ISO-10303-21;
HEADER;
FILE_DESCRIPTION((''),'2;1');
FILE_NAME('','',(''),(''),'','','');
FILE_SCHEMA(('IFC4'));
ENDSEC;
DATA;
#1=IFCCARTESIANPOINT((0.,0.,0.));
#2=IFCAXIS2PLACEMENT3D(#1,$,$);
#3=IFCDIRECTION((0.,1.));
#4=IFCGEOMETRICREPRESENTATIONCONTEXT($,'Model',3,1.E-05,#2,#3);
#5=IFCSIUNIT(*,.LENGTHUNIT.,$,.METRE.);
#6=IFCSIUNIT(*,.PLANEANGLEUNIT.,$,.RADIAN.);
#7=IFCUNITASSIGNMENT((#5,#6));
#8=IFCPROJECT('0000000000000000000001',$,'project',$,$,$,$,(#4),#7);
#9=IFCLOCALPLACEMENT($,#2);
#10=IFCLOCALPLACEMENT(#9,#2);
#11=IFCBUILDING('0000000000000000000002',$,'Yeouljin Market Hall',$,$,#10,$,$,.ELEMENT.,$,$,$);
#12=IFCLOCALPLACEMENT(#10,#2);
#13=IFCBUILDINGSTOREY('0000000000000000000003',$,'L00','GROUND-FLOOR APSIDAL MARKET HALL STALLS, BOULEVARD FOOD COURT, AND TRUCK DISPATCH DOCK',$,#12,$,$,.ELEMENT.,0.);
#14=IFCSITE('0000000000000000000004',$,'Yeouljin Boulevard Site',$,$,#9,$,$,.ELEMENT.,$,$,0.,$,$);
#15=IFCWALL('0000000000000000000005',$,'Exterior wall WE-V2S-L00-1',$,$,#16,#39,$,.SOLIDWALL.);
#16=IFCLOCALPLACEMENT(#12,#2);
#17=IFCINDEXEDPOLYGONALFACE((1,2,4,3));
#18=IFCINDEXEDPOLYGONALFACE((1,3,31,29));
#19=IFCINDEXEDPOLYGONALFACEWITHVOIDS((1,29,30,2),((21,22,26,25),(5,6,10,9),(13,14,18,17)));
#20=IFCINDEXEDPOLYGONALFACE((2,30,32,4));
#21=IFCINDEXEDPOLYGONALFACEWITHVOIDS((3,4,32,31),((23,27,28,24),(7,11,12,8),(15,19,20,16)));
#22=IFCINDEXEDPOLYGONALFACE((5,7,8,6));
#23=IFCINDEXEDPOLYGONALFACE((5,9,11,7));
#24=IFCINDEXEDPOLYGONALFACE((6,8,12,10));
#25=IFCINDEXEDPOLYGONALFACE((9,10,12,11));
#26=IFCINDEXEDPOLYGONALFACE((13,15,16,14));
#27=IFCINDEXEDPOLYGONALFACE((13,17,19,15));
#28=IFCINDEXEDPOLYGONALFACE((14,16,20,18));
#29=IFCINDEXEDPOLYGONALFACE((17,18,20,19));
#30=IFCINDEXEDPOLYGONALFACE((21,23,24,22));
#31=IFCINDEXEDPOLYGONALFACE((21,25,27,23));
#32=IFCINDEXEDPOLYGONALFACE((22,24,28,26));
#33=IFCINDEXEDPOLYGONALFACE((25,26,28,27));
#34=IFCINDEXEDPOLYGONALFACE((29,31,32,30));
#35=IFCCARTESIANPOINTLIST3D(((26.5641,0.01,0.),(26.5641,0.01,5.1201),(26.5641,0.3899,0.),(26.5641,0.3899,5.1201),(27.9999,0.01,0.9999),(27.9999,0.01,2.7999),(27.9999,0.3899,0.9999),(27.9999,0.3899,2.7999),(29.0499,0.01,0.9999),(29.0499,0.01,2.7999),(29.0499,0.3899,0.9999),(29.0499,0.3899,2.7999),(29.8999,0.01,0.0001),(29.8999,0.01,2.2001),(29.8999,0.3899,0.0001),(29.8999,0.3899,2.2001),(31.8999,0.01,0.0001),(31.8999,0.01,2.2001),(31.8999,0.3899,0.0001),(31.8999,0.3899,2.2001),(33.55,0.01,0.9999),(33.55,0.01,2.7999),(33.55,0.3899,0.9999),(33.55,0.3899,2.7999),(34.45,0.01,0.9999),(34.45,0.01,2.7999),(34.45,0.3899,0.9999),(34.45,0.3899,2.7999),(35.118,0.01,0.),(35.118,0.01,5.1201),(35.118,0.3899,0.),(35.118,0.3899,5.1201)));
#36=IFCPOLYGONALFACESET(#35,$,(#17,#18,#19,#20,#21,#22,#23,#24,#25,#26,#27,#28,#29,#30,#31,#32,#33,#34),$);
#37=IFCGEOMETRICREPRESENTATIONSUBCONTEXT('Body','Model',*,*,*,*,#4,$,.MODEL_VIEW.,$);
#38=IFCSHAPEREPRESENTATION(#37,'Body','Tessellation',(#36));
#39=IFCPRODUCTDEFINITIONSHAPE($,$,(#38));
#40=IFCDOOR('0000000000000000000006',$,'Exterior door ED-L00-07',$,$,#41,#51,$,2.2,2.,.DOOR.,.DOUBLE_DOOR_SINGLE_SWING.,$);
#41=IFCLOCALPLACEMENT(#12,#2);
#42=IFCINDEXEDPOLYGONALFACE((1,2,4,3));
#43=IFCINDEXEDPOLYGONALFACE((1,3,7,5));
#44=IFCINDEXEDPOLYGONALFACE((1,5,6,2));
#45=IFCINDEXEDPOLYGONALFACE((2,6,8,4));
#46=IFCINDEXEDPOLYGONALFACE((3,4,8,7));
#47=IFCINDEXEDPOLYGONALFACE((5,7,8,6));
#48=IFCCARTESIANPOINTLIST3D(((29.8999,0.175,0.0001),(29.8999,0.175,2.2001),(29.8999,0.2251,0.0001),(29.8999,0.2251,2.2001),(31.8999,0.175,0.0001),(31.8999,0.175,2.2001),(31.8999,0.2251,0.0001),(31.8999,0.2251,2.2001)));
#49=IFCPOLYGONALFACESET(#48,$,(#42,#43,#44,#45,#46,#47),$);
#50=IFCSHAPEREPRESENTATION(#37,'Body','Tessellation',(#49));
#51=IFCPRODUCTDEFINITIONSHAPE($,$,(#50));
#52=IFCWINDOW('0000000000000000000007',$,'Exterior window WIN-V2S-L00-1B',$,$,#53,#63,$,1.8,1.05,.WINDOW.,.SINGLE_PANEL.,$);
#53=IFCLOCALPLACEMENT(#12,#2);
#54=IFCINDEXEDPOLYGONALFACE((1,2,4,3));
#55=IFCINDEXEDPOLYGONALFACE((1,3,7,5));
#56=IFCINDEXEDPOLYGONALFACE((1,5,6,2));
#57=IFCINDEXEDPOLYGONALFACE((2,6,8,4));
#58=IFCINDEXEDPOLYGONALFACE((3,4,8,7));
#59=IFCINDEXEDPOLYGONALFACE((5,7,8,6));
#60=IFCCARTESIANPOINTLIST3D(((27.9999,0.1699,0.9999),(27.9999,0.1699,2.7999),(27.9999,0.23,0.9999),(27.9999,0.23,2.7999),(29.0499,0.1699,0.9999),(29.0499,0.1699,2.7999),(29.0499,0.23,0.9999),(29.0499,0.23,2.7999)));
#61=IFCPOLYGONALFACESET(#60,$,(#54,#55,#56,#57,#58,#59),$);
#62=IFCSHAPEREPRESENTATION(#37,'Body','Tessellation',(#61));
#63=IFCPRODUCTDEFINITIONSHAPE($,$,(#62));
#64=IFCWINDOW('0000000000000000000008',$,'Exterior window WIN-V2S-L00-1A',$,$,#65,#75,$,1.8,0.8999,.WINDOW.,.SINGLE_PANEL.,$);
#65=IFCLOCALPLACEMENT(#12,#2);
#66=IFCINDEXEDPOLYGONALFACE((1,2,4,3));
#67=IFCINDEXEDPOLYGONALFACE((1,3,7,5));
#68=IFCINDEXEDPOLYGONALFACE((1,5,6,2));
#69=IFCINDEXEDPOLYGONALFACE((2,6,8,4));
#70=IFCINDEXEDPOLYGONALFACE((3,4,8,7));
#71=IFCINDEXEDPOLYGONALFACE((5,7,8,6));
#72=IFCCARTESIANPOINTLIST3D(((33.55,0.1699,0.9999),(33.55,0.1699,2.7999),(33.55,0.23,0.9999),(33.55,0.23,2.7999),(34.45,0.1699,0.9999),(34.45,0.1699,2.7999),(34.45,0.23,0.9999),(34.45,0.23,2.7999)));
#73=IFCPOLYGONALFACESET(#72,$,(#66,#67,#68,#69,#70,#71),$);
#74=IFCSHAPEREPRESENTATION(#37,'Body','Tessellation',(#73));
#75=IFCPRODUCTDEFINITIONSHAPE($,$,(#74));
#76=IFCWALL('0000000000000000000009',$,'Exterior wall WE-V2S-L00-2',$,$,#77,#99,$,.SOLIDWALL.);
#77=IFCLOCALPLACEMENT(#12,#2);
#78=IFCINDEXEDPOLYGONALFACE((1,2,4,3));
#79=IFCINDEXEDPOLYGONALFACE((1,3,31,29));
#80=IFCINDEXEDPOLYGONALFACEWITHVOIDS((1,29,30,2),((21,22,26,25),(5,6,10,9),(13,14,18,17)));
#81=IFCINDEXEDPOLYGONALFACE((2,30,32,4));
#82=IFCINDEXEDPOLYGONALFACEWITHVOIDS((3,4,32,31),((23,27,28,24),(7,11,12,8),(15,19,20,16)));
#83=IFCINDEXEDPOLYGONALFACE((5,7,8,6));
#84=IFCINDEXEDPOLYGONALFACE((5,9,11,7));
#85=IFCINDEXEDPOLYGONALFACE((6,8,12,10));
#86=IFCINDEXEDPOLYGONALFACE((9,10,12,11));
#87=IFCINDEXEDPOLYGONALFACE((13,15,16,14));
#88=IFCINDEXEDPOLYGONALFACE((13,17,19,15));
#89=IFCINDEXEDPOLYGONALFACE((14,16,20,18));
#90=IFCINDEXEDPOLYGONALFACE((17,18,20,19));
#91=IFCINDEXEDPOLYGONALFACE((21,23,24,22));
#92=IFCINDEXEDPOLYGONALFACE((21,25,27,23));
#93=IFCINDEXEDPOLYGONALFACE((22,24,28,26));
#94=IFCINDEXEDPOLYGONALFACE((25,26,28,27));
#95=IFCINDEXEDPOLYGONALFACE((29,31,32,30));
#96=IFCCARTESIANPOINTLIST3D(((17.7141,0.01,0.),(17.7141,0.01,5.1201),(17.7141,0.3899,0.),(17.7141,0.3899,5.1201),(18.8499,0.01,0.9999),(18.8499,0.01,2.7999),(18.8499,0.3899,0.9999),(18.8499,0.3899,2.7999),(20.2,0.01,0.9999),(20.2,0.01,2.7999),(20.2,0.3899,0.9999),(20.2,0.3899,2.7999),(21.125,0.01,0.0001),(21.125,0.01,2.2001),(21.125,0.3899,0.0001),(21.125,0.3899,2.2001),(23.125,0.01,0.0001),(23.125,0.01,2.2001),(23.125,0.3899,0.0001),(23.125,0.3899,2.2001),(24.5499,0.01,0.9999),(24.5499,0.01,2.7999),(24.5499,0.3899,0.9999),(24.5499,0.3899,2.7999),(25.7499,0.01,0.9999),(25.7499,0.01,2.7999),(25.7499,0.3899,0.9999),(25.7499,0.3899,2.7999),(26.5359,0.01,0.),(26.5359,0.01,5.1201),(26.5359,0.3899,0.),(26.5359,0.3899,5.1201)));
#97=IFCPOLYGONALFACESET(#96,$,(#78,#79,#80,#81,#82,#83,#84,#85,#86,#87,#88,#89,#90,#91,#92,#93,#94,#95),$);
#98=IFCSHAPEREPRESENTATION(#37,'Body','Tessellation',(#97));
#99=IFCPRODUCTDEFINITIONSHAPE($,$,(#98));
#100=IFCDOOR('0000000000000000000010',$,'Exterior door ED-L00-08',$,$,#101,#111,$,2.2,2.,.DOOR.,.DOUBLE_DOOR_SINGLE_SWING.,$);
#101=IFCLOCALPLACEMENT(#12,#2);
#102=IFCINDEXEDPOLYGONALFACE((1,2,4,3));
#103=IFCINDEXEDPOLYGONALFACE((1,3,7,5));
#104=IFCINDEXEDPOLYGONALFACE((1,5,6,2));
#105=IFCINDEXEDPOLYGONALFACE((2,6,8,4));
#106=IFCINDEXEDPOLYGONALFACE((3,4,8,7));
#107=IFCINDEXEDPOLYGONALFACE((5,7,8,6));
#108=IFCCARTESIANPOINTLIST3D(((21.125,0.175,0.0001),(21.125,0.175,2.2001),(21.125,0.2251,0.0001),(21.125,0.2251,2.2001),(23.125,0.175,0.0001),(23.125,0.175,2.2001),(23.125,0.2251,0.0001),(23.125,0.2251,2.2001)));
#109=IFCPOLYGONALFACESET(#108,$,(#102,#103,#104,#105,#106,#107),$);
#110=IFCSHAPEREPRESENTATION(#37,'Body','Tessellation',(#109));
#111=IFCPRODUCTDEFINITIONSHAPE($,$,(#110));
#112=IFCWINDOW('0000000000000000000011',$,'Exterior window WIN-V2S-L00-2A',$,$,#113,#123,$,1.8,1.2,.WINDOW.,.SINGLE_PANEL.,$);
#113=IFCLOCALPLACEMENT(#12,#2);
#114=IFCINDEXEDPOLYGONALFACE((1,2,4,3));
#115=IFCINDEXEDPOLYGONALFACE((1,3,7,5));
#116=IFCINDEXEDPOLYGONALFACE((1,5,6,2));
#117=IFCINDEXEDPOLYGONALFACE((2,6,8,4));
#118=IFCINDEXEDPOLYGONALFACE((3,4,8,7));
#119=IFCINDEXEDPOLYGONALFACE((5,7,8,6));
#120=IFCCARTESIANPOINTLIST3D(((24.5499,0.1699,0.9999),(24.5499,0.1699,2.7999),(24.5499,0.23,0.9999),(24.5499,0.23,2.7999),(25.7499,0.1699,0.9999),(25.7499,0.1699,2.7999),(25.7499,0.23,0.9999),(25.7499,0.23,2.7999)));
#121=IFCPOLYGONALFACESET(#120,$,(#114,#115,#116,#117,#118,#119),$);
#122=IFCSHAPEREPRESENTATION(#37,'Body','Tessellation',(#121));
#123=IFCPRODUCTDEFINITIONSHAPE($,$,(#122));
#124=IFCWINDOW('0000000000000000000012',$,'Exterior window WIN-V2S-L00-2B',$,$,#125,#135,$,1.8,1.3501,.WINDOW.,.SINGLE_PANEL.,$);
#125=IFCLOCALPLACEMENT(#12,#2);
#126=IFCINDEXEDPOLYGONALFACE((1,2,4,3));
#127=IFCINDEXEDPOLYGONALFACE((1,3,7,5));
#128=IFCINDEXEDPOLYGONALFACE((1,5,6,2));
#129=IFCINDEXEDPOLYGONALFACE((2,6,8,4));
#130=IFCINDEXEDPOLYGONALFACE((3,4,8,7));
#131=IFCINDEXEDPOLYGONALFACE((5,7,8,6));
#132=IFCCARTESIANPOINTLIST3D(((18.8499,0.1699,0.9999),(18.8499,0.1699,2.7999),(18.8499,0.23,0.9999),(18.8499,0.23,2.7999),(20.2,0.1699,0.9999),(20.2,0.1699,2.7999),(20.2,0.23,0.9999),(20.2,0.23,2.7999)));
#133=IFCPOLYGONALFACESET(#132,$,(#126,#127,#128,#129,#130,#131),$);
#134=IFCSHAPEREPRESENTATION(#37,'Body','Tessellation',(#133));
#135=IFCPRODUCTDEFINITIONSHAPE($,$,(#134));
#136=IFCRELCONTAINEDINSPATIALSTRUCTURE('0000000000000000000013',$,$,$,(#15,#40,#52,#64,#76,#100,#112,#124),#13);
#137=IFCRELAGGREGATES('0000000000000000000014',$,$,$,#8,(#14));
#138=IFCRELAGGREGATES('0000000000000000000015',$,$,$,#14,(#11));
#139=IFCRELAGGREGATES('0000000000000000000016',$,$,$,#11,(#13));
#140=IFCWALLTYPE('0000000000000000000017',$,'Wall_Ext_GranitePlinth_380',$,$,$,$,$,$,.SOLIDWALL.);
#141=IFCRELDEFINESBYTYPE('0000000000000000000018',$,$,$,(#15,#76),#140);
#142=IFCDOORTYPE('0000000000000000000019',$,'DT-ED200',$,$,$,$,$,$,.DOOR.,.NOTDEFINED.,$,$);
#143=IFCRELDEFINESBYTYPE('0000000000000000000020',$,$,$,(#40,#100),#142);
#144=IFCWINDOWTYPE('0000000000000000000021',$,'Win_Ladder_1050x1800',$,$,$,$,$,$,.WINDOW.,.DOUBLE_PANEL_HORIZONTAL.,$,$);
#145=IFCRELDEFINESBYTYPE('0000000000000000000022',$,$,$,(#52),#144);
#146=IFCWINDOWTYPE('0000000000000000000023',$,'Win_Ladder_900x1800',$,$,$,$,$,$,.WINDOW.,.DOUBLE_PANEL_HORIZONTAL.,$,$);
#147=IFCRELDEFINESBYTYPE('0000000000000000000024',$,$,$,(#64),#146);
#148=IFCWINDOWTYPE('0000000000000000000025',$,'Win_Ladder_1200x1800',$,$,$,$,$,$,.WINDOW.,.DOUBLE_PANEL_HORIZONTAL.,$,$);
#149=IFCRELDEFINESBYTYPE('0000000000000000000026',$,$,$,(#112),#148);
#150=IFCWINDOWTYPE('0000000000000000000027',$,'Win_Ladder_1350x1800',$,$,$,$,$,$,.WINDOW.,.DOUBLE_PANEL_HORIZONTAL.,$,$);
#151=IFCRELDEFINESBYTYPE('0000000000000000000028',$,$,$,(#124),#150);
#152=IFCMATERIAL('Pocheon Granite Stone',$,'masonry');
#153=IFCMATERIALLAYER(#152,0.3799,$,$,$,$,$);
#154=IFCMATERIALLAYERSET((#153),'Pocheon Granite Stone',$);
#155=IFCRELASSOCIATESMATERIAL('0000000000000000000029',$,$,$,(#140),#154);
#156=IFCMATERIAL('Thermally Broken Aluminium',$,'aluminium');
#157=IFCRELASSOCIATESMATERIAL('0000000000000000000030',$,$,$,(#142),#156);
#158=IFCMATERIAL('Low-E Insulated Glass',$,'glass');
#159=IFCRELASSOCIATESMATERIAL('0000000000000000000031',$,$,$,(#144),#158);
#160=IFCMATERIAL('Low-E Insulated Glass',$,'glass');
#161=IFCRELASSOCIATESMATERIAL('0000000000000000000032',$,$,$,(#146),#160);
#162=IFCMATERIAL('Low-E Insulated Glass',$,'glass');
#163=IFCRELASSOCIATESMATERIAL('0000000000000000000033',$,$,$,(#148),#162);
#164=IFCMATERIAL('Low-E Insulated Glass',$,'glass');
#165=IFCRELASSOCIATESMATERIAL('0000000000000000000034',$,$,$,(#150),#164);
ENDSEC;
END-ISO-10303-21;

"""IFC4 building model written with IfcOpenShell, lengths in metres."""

from ifc_helpers import new_model, si_unit, direction, frame, frame_2d, origin, place, context, subcontext, project, spatial, rectangle, extrude, material, layer, layer_set, type_object, element, fill, save


model = new_model("IFC4")

# Units and contexts
model_context = context("Model", 3, precision=1e-05, world=origin(), true_north=direction((0.0, 1.0)))
body_context = subcontext(model_context, "Body", "Model", "MODEL_VIEW")
ifc_project = project(units=[si_unit("LENGTHUNIT", "METRE"), si_unit("PLANEANGLEUNIT", "RADIAN")], contexts=[model_context])

# Site, building, storey
site_placement = place(None, origin())
site = spatial("IfcSite", under=ifc_project, at=site_placement, Name="Yeouljin Boulevard Site", CompositionType="ELEMENT", RefElevation=0.0)
building_placement = place(site_placement, origin())
building = spatial("IfcBuilding", under=site, at=building_placement, Name="Yeouljin Market Hall", CompositionType="ELEMENT")
storey_placement = place(building_placement, origin())
storey = spatial("IfcBuildingStorey", under=building, at=storey_placement, Name="L00", Description="GROUND-FLOOR APSIDAL MARKET HALL STALLS, BOULEVARD FOOD COURT, AND TRUCK DISPATCH DOCK", CompositionType="ELEMENT", Elevation=0.0)

# Walls, openings, doors, windows
ifc_material_1 = material(Name="Pocheon Granite Stone", Category="masonry")
ifc_layer_1 = layer(ifc_material_1, 0.3799)
ifc_layer_set_1 = layer_set([ifc_layer_1], Name="Pocheon Granite Stone")
wall_type_1 = type_object("IfcWallType", Name="Wall_Ext_GranitePlinth_380", PredefinedType="SOLIDWALL", material=ifc_layer_set_1)
wall_1_placement = place(storey_placement, frame((35.1179, 0.2, 0.0), z_axis=(0.0, 0.0, 1.0), x_axis=(-1.0, 0.0, 0.0)))
wall_1 = element("IfcWall", 1, at=wall_1_placement, inside=storey, type_object=wall_type_1, Name="Exterior wall WE-V2S-L00-1", PredefinedType="SOLIDWALL", context=body_context, shape_type="SweptSolid", body=[
    extrude(rectangle(XDim=8.554, YDim=0.3799, at=frame_2d((4.2769, 0.0))), origin(), (0.0, 0.0, 1.0), 5.1201),
])
opening_1_placement = place(wall_1_placement, frame((3.218, 0.0, 0.0)))
opening_1 = element("IfcOpeningElement", 2, at=opening_1_placement, cuts=wall_1, PredefinedType="OPENING", context=body_context, shape_type="SweptSolid", body=[
    extrude(rectangle(XDim=2.0, YDim=2.2, at=frame_2d((1.0, 1.1001))), frame((0.0, 0.2, 0.0), z_axis=(0.0, -1.0, 0.0), x_axis=(1.0, 0.0, 0.0)), (0.0, 0.0, 1.0), 0.3999),
])
opening_2_placement = place(wall_1_placement, frame((0.668, 0.0, 1.0)))
opening_2 = element("IfcOpeningElement", 3, at=opening_2_placement, cuts=wall_1, PredefinedType="OPENING", context=body_context, shape_type="SweptSolid", body=[
    extrude(rectangle(XDim=0.8999, YDim=1.8, at=frame_2d((0.45, 0.8999))), frame((0.0, 0.2, 0.0), z_axis=(0.0, -1.0, 0.0), x_axis=(1.0, 0.0, 0.0)), (0.0, 0.0, 1.0), 0.3999),
])
opening_3_placement = place(wall_1_placement, frame((6.0681, 0.0, 1.0)))
opening_3 = element("IfcOpeningElement", 4, at=opening_3_placement, cuts=wall_1, PredefinedType="OPENING", context=body_context, shape_type="SweptSolid", body=[
    extrude(rectangle(XDim=1.05, YDim=1.8, at=frame_2d((0.5249, 0.8999))), frame((0.0, 0.2, 0.0), z_axis=(0.0, -1.0, 0.0), x_axis=(1.0, 0.0, 0.0)), (0.0, 0.0, 1.0), 0.3999),
])
ifc_material_2 = material(Name="Thermally Broken Aluminium", Category="aluminium")
door_type = type_object("IfcDoorType", Name="DT-ED200", OperationType="NOTDEFINED", PredefinedType="DOOR", material=ifc_material_2)
door_1_placement = place(opening_1_placement, origin())
door_1 = element("IfcDoor", 5, at=door_1_placement, inside=storey, type_object=door_type, Name="Exterior door ED-L00-07", OperationType="DOUBLE_DOOR_SINGLE_SWING", OverallHeight=2.2, OverallWidth=2.0, PredefinedType="DOOR", context=body_context, shape_type="SweptSolid", body=[
    extrude(rectangle(XDim=2.0, YDim=2.2, at=frame_2d((1.0, 1.1001))), frame((0.0, 0.0249, 0.0), z_axis=(0.0, -1.0, 0.0), x_axis=(1.0, 0.0, 0.0)), (0.0, 0.0, 1.0), 0.05),
])
fill(opening_1, door_1)
ifc_material_3 = material(Name="Low-E Insulated Glass", Category="glass")
window_type_1 = type_object("IfcWindowType", Name="Win_Ladder_1050x1800", PartitioningType="DOUBLE_PANEL_HORIZONTAL", PredefinedType="WINDOW", material=ifc_material_3)
window_1_placement = place(opening_3_placement, origin())
window_1 = element("IfcWindow", 6, at=window_1_placement, inside=storey, type_object=window_type_1, Name="Exterior window WIN-V2S-L00-1B", OverallHeight=1.8, OverallWidth=1.05, PartitioningType="SINGLE_PANEL", PredefinedType="WINDOW", context=body_context, shape_type="SweptSolid", body=[
    extrude(rectangle(XDim=1.05, YDim=1.8, at=frame_2d((0.5249, 0.8999))), frame((0.0, 0.03, 0.0), z_axis=(0.0, -1.0, 0.0), x_axis=(1.0, 0.0, 0.0)), (0.0, 0.0, 1.0), 0.0601),
])
fill(opening_3, window_1)
ifc_material_4 = material(Name="Low-E Insulated Glass", Category="glass")
window_type_2 = type_object("IfcWindowType", Name="Win_Ladder_900x1800", PartitioningType="DOUBLE_PANEL_HORIZONTAL", PredefinedType="WINDOW", material=ifc_material_4)
window_2_placement = place(opening_2_placement, origin())
window_2 = element("IfcWindow", 7, at=window_2_placement, inside=storey, type_object=window_type_2, Name="Exterior window WIN-V2S-L00-1A", OverallHeight=1.8, OverallWidth=0.8999, PartitioningType="SINGLE_PANEL", PredefinedType="WINDOW", context=body_context, shape_type="SweptSolid", body=[
    extrude(rectangle(XDim=0.8999, YDim=1.8, at=frame_2d((0.45, 0.8999))), frame((0.0, 0.03, 0.0), z_axis=(0.0, -1.0, 0.0), x_axis=(1.0, 0.0, 0.0)), (0.0, 0.0, 1.0), 0.0601),
])
fill(opening_2, window_2)
wall_2_placement = place(storey_placement, frame((26.5359, 0.2, 0.0), z_axis=(0.0, 0.0, 1.0), x_axis=(-1.0, 0.0, 0.0)))
wall_2 = element("IfcWall", 8, at=wall_2_placement, inside=storey, type_object=wall_type_1, Name="Exterior wall WE-V2S-L00-2", PredefinedType="SOLIDWALL", context=body_context, shape_type="SweptSolid", body=[
    extrude(rectangle(XDim=8.8218, YDim=0.3799, at=frame_2d((4.4109, 0.0))), origin(), (0.0, 0.0, 1.0), 5.1201),
])
opening_4_placement = place(wall_2_placement, frame((3.4109, 0.0, 0.0)))
opening_4 = element("IfcOpeningElement", 9, at=opening_4_placement, cuts=wall_2, PredefinedType="OPENING", context=body_context, shape_type="SweptSolid", body=[
    extrude(rectangle(XDim=2.0, YDim=2.2, at=frame_2d((1.0, 1.1001))), frame((0.0, 0.2, 0.0), z_axis=(0.0, -1.0, 0.0), x_axis=(1.0, 0.0, 0.0)), (0.0, 0.0, 1.0), 0.3999),
])
opening_5_placement = place(wall_2_placement, frame((0.7859, 0.0, 1.0)))
opening_5 = element("IfcOpeningElement", 10, at=opening_5_placement, cuts=wall_2, PredefinedType="OPENING", context=body_context, shape_type="SweptSolid", body=[
    extrude(rectangle(XDim=1.2, YDim=1.8, at=frame_2d((0.6001, 0.8999))), frame((0.0, 0.2, 0.0), z_axis=(0.0, -1.0, 0.0), x_axis=(1.0, 0.0, 0.0)), (0.0, 0.0, 1.0), 0.3999),
])
opening_6_placement = place(wall_2_placement, frame((6.3359, 0.0, 1.0)))
opening_6 = element("IfcOpeningElement", 11, at=opening_6_placement, cuts=wall_2, PredefinedType="OPENING", context=body_context, shape_type="SweptSolid", body=[
    extrude(rectangle(XDim=1.3501, YDim=1.8, at=frame_2d((0.675, 0.8999))), frame((0.0, 0.2, 0.0), z_axis=(0.0, -1.0, 0.0), x_axis=(1.0, 0.0, 0.0)), (0.0, 0.0, 1.0), 0.3999),
])
door_2_placement = place(opening_4_placement, origin())
door_2 = element("IfcDoor", 12, at=door_2_placement, inside=storey, type_object=door_type, Name="Exterior door ED-L00-08", OperationType="DOUBLE_DOOR_SINGLE_SWING", OverallHeight=2.2, OverallWidth=2.0, PredefinedType="DOOR", context=body_context, shape_type="SweptSolid", body=[
    extrude(rectangle(XDim=2.0, YDim=2.2, at=frame_2d((1.0, 1.1001))), frame((0.0, 0.0249, 0.0), z_axis=(0.0, -1.0, 0.0), x_axis=(1.0, 0.0, 0.0)), (0.0, 0.0, 1.0), 0.05),
])
fill(opening_4, door_2)
ifc_material_5 = material(Name="Low-E Insulated Glass", Category="glass")
window_type_3 = type_object("IfcWindowType", Name="Win_Ladder_1200x1800", PartitioningType="DOUBLE_PANEL_HORIZONTAL", PredefinedType="WINDOW", material=ifc_material_5)
window_3_placement = place(opening_5_placement, origin())
window_3 = element("IfcWindow", 13, at=window_3_placement, inside=storey, type_object=window_type_3, Name="Exterior window WIN-V2S-L00-2A", OverallHeight=1.8, OverallWidth=1.2, PartitioningType="SINGLE_PANEL", PredefinedType="WINDOW", context=body_context, shape_type="SweptSolid", body=[
    extrude(rectangle(XDim=1.2, YDim=1.8, at=frame_2d((0.6001, 0.8999))), frame((0.0, 0.03, 0.0), z_axis=(0.0, -1.0, 0.0), x_axis=(1.0, 0.0, 0.0)), (0.0, 0.0, 1.0), 0.0601),
])
fill(opening_5, window_3)
ifc_material_6 = material(Name="Low-E Insulated Glass", Category="glass")
window_type_4 = type_object("IfcWindowType", Name="Win_Ladder_1350x1800", PartitioningType="DOUBLE_PANEL_HORIZONTAL", PredefinedType="WINDOW", material=ifc_material_6)
window_4_placement = place(opening_6_placement, origin())
window_4 = element("IfcWindow", 14, at=window_4_placement, inside=storey, type_object=window_type_4, Name="Exterior window WIN-V2S-L00-2B", OverallHeight=1.8, OverallWidth=1.3501, PartitioningType="SINGLE_PANEL", PredefinedType="WINDOW", context=body_context, shape_type="SweptSolid", body=[
    extrude(rectangle(XDim=1.3501, YDim=1.8, at=frame_2d((0.675, 0.8999))), frame((0.0, 0.03, 0.0), z_axis=(0.0, -1.0, 0.0), x_axis=(1.0, 0.0, 0.0)), (0.0, 0.0, 1.0), 0.0601),
])
fill(opening_6, window_4)

save(model, "model.ifc")
